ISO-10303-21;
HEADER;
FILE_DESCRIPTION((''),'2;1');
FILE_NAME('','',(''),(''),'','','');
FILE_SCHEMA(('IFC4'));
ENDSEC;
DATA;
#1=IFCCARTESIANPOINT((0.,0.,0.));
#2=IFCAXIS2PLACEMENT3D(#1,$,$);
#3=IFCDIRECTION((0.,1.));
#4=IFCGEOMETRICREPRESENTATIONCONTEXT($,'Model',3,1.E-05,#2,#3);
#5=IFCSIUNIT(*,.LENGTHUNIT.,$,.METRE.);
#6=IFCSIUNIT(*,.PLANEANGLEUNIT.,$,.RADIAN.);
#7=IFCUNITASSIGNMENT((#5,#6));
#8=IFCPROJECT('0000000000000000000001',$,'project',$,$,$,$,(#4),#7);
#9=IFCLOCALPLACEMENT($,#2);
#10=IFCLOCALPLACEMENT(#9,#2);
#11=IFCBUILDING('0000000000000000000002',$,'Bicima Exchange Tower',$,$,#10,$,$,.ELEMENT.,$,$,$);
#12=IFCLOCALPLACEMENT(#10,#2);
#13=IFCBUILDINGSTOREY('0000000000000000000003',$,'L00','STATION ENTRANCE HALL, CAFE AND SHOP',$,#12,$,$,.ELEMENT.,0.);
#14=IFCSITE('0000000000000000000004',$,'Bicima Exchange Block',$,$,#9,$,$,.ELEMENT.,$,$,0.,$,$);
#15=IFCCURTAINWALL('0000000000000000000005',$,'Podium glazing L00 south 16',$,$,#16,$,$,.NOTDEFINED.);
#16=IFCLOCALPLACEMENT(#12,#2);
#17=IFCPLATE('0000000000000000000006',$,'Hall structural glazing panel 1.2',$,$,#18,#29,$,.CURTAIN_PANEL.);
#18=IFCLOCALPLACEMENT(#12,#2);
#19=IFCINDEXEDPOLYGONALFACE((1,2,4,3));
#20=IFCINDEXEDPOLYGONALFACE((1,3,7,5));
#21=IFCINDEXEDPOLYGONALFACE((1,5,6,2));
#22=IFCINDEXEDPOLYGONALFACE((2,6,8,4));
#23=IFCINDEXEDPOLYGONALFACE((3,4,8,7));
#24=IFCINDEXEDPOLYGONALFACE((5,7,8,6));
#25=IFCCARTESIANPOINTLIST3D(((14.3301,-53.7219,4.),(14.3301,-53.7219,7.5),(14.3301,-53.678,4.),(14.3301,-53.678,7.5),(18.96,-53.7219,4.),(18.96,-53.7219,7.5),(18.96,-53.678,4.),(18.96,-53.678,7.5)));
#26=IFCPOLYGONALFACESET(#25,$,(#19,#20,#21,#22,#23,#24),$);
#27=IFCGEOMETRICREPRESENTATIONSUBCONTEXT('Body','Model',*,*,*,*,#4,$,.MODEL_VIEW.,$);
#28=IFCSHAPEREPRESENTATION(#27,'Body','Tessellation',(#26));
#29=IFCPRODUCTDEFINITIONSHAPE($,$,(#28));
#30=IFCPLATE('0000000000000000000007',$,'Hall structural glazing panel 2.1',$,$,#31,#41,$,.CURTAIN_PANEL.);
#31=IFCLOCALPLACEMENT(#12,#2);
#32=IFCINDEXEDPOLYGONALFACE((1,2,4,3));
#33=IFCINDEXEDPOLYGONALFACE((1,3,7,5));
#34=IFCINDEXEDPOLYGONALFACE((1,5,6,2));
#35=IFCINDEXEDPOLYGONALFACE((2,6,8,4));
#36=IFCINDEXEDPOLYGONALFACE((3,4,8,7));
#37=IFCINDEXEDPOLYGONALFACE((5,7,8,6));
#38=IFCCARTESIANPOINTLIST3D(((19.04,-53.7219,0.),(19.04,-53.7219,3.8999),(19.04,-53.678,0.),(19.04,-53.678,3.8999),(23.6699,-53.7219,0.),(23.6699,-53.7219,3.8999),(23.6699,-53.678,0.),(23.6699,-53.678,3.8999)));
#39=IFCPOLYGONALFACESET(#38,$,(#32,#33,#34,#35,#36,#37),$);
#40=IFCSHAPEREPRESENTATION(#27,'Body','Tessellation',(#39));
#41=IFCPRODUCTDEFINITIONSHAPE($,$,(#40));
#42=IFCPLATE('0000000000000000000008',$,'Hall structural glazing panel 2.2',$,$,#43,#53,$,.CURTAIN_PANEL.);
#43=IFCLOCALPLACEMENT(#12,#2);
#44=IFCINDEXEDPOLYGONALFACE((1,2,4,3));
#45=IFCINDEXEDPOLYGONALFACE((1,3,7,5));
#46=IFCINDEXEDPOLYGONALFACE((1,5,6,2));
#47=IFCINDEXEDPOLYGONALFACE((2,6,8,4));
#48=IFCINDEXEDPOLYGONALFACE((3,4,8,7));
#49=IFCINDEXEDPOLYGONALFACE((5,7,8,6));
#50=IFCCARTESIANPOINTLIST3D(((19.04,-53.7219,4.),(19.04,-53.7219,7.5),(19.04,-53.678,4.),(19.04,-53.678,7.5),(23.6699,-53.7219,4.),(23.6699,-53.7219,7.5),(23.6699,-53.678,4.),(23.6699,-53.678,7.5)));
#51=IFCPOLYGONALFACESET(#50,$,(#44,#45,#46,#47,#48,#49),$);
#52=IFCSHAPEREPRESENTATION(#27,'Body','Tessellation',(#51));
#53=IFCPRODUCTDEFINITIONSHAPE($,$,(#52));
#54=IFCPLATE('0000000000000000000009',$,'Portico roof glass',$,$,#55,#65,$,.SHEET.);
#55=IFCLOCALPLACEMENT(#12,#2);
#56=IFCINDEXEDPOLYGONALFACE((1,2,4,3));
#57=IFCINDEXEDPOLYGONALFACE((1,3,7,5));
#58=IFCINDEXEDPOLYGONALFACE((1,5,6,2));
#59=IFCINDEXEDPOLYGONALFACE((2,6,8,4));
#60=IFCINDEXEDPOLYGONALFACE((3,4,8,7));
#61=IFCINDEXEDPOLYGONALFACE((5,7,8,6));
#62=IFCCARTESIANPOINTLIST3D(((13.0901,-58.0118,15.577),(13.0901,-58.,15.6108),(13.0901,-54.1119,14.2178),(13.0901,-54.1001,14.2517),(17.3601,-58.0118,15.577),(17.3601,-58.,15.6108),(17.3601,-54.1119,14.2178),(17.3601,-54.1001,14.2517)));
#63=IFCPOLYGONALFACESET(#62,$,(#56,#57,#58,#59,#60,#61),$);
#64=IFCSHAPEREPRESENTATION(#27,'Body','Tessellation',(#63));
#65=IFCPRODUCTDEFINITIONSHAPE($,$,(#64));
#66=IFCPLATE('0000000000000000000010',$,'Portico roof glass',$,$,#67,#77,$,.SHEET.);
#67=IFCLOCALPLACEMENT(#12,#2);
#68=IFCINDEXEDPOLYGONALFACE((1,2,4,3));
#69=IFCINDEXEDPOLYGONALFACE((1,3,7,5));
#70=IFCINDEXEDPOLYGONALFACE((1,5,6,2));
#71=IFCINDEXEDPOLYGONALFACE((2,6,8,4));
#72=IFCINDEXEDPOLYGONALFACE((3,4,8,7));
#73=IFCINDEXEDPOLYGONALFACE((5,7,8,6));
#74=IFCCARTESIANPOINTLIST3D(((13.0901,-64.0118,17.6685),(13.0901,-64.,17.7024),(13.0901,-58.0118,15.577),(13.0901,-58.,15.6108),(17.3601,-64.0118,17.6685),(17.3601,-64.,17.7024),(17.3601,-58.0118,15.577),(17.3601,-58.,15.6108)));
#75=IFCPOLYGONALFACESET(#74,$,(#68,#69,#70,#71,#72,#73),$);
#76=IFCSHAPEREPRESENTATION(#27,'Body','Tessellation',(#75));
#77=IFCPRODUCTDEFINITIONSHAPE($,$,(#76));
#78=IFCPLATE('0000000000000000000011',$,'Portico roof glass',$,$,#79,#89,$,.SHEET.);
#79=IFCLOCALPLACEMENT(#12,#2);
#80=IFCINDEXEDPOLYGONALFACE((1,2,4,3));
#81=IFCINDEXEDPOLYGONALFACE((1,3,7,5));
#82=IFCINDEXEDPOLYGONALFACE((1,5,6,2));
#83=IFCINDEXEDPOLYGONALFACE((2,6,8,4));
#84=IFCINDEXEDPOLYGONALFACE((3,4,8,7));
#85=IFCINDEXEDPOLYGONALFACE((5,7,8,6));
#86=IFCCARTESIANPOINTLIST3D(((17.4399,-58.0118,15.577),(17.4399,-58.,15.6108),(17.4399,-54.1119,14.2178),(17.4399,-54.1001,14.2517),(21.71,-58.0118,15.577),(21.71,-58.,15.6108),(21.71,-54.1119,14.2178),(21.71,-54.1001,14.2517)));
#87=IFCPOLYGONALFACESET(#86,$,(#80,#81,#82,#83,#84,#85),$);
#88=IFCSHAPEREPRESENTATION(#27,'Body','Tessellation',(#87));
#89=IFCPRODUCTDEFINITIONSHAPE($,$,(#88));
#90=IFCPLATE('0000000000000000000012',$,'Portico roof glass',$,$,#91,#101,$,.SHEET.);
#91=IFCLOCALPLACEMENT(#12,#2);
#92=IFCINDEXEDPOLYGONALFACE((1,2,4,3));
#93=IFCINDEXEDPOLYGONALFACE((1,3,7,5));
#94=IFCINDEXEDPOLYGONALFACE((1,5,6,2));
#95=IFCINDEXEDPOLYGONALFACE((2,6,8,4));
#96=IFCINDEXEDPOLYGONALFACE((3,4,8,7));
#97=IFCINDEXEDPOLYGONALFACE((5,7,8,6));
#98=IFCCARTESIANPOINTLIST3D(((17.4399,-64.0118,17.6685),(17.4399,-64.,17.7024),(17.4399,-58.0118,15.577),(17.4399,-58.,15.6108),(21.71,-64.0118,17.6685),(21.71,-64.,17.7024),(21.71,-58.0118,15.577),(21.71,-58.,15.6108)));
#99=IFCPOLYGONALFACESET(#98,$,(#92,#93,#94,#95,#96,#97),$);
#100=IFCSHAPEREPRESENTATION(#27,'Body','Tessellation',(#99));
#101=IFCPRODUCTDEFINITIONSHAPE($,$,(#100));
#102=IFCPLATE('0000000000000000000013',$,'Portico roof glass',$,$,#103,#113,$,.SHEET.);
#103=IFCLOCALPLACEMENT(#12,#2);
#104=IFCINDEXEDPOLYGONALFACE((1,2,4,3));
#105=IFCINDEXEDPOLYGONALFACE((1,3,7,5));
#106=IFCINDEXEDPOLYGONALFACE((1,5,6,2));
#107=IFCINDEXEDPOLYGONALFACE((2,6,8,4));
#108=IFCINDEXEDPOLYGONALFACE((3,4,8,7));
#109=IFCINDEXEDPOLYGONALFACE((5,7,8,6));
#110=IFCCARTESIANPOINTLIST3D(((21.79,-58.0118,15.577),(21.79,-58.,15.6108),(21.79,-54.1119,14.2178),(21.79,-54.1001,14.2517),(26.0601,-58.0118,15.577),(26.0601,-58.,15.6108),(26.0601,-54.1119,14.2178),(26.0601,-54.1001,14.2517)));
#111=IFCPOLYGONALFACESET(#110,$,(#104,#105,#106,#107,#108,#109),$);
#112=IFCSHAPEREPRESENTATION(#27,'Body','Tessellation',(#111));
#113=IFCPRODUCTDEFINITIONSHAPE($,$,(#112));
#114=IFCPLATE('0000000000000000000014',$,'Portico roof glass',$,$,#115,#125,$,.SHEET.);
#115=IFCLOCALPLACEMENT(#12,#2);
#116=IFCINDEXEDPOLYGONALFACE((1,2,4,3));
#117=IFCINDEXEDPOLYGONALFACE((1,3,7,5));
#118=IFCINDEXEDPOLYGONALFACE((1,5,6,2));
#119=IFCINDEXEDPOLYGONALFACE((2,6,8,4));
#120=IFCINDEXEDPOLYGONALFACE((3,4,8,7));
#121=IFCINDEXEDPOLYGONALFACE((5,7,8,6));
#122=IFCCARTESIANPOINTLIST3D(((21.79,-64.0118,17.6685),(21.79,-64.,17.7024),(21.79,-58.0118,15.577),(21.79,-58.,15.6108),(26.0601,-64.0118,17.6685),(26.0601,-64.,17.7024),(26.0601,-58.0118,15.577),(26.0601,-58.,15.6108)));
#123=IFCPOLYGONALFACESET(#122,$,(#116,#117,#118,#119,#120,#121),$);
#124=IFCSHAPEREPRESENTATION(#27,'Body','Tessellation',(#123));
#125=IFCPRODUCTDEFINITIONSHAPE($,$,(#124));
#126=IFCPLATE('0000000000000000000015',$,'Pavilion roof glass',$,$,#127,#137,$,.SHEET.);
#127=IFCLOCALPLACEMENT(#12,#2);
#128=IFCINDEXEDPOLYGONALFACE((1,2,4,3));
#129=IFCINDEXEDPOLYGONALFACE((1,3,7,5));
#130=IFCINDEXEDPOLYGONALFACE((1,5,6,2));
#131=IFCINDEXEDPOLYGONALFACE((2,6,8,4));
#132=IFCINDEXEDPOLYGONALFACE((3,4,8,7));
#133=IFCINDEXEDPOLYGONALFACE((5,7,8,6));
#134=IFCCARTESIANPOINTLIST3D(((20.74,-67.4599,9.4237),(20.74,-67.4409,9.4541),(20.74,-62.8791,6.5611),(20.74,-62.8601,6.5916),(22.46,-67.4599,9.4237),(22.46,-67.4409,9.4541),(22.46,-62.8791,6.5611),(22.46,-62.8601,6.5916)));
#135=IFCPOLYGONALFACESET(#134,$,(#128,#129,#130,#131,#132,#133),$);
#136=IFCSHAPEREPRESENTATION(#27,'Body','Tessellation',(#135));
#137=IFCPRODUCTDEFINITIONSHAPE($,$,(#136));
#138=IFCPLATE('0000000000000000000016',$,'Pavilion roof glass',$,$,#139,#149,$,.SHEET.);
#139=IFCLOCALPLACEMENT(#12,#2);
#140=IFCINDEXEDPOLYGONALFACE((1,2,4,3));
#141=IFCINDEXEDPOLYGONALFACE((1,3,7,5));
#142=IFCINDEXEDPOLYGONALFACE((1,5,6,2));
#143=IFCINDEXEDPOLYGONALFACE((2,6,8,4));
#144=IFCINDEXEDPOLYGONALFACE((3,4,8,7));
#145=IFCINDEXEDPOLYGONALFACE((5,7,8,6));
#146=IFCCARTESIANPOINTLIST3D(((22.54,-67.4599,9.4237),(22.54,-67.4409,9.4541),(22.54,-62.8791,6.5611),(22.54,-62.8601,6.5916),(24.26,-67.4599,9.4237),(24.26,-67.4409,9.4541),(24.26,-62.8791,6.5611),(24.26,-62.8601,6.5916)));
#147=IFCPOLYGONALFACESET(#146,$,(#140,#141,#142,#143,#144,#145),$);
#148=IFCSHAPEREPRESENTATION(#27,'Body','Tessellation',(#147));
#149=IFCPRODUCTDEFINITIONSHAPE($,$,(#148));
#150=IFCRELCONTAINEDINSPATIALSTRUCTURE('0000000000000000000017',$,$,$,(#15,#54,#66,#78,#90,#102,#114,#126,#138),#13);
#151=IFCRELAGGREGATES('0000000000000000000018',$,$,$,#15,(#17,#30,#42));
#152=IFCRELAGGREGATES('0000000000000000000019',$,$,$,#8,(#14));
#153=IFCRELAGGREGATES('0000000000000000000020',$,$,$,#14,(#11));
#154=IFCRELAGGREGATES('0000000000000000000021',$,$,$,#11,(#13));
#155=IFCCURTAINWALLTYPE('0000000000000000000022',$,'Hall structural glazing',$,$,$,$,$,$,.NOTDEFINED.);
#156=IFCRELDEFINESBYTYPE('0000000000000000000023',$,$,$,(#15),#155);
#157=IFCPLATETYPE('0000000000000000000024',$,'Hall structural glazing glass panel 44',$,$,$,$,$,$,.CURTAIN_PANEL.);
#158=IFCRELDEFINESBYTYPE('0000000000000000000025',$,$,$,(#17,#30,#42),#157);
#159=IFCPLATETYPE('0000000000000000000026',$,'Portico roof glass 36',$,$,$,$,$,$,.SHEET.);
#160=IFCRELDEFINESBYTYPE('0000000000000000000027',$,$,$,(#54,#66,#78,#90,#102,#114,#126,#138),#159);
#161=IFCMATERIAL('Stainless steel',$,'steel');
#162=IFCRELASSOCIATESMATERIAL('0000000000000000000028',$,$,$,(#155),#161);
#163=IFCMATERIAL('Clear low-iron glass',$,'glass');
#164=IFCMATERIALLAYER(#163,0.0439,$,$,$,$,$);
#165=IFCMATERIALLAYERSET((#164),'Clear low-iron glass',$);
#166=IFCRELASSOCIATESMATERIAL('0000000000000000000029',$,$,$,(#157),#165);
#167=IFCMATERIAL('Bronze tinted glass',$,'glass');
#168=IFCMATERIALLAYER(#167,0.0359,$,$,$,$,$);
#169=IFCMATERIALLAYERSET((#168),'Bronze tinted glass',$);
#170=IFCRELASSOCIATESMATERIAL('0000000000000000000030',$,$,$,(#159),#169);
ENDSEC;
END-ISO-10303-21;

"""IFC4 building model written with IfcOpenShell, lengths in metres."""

from ifc_helpers import new_model, si_unit, direction, frame, origin, origin_2d, place, context, subcontext, project, spatial, polyline, rectangle, outline, extrude, material, layer, layer_set, type_object, element, aggregate, save


model = new_model("IFC4")

# Units and contexts
model_context = context("Model", 3, precision=1e-05, world=origin(), true_north=direction((0.0, 1.0)))
body_context = subcontext(model_context, "Body", "Model", "MODEL_VIEW")
ifc_project = project(units=[si_unit("LENGTHUNIT", "METRE"), si_unit("PLANEANGLEUNIT", "RADIAN")], contexts=[model_context])

# Site, building, storey
site_placement = place(None, origin())
site = spatial("IfcSite", under=ifc_project, at=site_placement, Name="Bicima Exchange Block", CompositionType="ELEMENT", RefElevation=0.0)
building_placement = place(site_placement, origin())
building = spatial("IfcBuilding", under=site, at=building_placement, Name="Bicima Exchange Tower", CompositionType="ELEMENT")
storey_placement = place(building_placement, origin())
storey = spatial("IfcBuildingStorey", under=building, at=storey_placement, Name="L00", Description="STATION ENTRANCE HALL, CAFE AND SHOP", CompositionType="ELEMENT", Elevation=0.0)

# Curtain wall
ifc_material_1 = material(Name="Stainless steel", Category="steel")
curtain_wall_type = type_object("IfcCurtainWallType", Name="Hall structural glazing", PredefinedType="NOTDEFINED", material=ifc_material_1)
curtain_wall_placement = place(storey_placement, origin())
curtain_wall = element("IfcCurtainWall", 1, at=curtain_wall_placement, inside=storey, type_object=curtain_wall_type, Name="Podium glazing L00 south 16", PredefinedType="NOTDEFINED")

# Plates
ifc_material_2 = material(Name="Clear low-iron glass", Category="glass")
ifc_layer_1 = layer(ifc_material_2, 0.0439)
ifc_layer_set_1 = layer_set([ifc_layer_1], Name="Clear low-iron glass")
plate_type_1 = type_object("IfcPlateType", Name="Hall structural glazing glass panel 44", PredefinedType="CURTAIN_PANEL", material=ifc_layer_set_1)
plate_1_placement = place(storey_placement, frame((16.645, -53.7, 4.0), z_axis=(0.0, 0.0, 1.0), x_axis=(1.0, 0.0, 0.0)))
plate_1 = element("IfcPlate", 2, at=plate_1_placement, type_object=plate_type_1, Name="Hall structural glazing panel 1.2", PredefinedType="CURTAIN_PANEL", context=body_context, shape_type="SweptSolid", body=[
    extrude(rectangle(XDim=4.6299, YDim=0.0439, at=origin_2d()), origin(), (0.0, 0.0, 1.0), 3.5),
])
plate_2_placement = place(storey_placement, frame((21.355, -53.7, 0.0), z_axis=(0.0, 0.0, 1.0), x_axis=(1.0, 0.0, 0.0)))
plate_2 = element("IfcPlate", 3, at=plate_2_placement, type_object=plate_type_1, Name="Hall structural glazing panel 2.1", PredefinedType="CURTAIN_PANEL", context=body_context, shape_type="SweptSolid", body=[
    extrude(rectangle(XDim=4.6299, YDim=0.0439, at=origin_2d()), origin(), (0.0, 0.0, 1.0), 3.8999),
])
plate_3_placement = place(storey_placement, frame((21.355, -53.7, 4.0), z_axis=(0.0, 0.0, 1.0), x_axis=(1.0, 0.0, 0.0)))
plate_3 = element("IfcPlate", 4, at=plate_3_placement, type_object=plate_type_1, Name="Hall structural glazing panel 2.2", PredefinedType="CURTAIN_PANEL", context=body_context, shape_type="SweptSolid", body=[
    extrude(rectangle(XDim=4.6299, YDim=0.0439, at=origin_2d()), origin(), (0.0, 0.0, 1.0), 3.5),
])
aggregate(curtain_wall, [plate_1, plate_2, plate_3])

# Plates
ifc_material_3 = material(Name="Bronze tinted glass", Category="glass")
ifc_layer_2 = layer(ifc_material_3, 0.0359)
ifc_layer_set_2 = layer_set([ifc_layer_2], Name="Bronze tinted glass")
plate_type_2 = type_object("IfcPlateType", Name="Portico roof glass 36", PredefinedType="SHEET", material=ifc_layer_set_2)
plate_4_placement = place(storey_placement, frame((13.0901, -54.1001, 14.2517), z_axis=(0.0, 0.329091, 0.944298), x_axis=(1.0, 0.0, 0.0)))
element("IfcPlate", 5, at=plate_4_placement, inside=storey, type_object=plate_type_2, Name="Portico roof glass", PredefinedType="SHEET", context=body_context, shape_type="SweptSolid", body=[
    extrude(outline(polyline([(0.0, 0.0), (4.27, 0.0), (4.27, -4.1299), (0.0, -4.1299), (0.0, 0.0)])), origin(), (0.0, 0.0, -1.0), 0.0359),
])
plate_5_placement = place(storey_placement, frame((13.0901, -58.0, 15.6108), z_axis=(0.0, 0.329166, 0.944272), x_axis=(1.0, 0.0, 0.0)))
element("IfcPlate", 6, at=plate_5_placement, inside=storey, type_object=plate_type_2, Name="Portico roof glass", PredefinedType="SHEET", context=body_context, shape_type="SweptSolid", body=[
    extrude(outline(polyline([(0.0, 0.0), (4.27, 0.0), (4.27, -6.3541), (0.0, -6.3541), (0.0, 0.0)])), origin(), (0.0, 0.0, -1.0), 0.0359),
])
plate_6_placement = place(storey_placement, frame((17.4399, -54.1001, 14.2517), z_axis=(0.0, 0.329091, 0.944298), x_axis=(1.0, 0.0, 0.0)))
element("IfcPlate", 7, at=plate_6_placement, inside=storey, type_object=plate_type_2, Name="Portico roof glass", PredefinedType="SHEET", context=body_context, shape_type="SweptSolid", body=[
    extrude(outline(polyline([(0.0, 0.0), (4.27, 0.0), (4.27, -4.1299), (0.0, -4.1299), (0.0, 0.0)])), origin(), (0.0, 0.0, -1.0), 0.0359),
])
plate_7_placement = place(storey_placement, frame((17.4399, -58.0, 15.6108), z_axis=(0.0, 0.329166, 0.944272), x_axis=(1.0, 0.0, 0.0)))
element("IfcPlate", 8, at=plate_7_placement, inside=storey, type_object=plate_type_2, Name="Portico roof glass", PredefinedType="SHEET", context=body_context, shape_type="SweptSolid", body=[
    extrude(outline(polyline([(0.0, 0.0), (4.27, 0.0), (4.27, -6.3541), (0.0, -6.3541), (0.0, 0.0)])), origin(), (0.0, 0.0, -1.0), 0.0359),
])
plate_8_placement = place(storey_placement, frame((21.79, -54.1001, 14.2517), z_axis=(0.0, 0.329091, 0.944298), x_axis=(1.0, 0.0, 0.0)))
element("IfcPlate", 9, at=plate_8_placement, inside=storey, type_object=plate_type_2, Name="Portico roof glass", PredefinedType="SHEET", context=body_context, shape_type="SweptSolid", body=[
    extrude(outline(polyline([(0.0, 0.0), (4.27, 0.0), (4.27, -4.1299), (0.0, -4.1299), (0.0, 0.0)])), origin(), (0.0, 0.0, -1.0), 0.0359),
])
plate_9_placement = place(storey_placement, frame((21.79, -58.0, 15.6108), z_axis=(0.0, 0.329166, 0.944272), x_axis=(1.0, 0.0, 0.0)))
element("IfcPlate", 10, at=plate_9_placement, inside=storey, type_object=plate_type_2, Name="Portico roof glass", PredefinedType="SHEET", context=body_context, shape_type="SweptSolid", body=[
    extrude(outline(polyline([(0.0, 0.0), (4.27, 0.0), (4.27, -6.3541), (0.0, -6.3541), (0.0, 0.0)])), origin(), (0.0, 0.0, -1.0), 0.0359),
])
for number, where, z_axis, x_axis, name in (
    (11, (20.74, -62.8601, 6.5916), (0.0, 0.529938, 0.848036), (1.0, 0.0, 0.0), "Pavilion roof glass"),
    (12, (22.54, -62.8601, 6.5916), (0.0, 0.529938, 0.848036), (1.0, 0.0, 0.0), "Pavilion roof glass"),
):
    element("IfcPlate", number, at=place(storey_placement, frame(where, z_axis=z_axis, x_axis=x_axis)), inside=storey, type_object=plate_type_2, Name=name, PredefinedType="SHEET", context=body_context, shape_type="SweptSolid", body=[
        extrude(outline(polyline([(0.0, 0.0), (1.72, 0.0), (1.72, -5.4017), (0.0, -5.4017), (0.0, 0.0)])), origin(), (0.0, 0.0, -1.0), 0.0359),
    ])

save(model, "model.ifc")
